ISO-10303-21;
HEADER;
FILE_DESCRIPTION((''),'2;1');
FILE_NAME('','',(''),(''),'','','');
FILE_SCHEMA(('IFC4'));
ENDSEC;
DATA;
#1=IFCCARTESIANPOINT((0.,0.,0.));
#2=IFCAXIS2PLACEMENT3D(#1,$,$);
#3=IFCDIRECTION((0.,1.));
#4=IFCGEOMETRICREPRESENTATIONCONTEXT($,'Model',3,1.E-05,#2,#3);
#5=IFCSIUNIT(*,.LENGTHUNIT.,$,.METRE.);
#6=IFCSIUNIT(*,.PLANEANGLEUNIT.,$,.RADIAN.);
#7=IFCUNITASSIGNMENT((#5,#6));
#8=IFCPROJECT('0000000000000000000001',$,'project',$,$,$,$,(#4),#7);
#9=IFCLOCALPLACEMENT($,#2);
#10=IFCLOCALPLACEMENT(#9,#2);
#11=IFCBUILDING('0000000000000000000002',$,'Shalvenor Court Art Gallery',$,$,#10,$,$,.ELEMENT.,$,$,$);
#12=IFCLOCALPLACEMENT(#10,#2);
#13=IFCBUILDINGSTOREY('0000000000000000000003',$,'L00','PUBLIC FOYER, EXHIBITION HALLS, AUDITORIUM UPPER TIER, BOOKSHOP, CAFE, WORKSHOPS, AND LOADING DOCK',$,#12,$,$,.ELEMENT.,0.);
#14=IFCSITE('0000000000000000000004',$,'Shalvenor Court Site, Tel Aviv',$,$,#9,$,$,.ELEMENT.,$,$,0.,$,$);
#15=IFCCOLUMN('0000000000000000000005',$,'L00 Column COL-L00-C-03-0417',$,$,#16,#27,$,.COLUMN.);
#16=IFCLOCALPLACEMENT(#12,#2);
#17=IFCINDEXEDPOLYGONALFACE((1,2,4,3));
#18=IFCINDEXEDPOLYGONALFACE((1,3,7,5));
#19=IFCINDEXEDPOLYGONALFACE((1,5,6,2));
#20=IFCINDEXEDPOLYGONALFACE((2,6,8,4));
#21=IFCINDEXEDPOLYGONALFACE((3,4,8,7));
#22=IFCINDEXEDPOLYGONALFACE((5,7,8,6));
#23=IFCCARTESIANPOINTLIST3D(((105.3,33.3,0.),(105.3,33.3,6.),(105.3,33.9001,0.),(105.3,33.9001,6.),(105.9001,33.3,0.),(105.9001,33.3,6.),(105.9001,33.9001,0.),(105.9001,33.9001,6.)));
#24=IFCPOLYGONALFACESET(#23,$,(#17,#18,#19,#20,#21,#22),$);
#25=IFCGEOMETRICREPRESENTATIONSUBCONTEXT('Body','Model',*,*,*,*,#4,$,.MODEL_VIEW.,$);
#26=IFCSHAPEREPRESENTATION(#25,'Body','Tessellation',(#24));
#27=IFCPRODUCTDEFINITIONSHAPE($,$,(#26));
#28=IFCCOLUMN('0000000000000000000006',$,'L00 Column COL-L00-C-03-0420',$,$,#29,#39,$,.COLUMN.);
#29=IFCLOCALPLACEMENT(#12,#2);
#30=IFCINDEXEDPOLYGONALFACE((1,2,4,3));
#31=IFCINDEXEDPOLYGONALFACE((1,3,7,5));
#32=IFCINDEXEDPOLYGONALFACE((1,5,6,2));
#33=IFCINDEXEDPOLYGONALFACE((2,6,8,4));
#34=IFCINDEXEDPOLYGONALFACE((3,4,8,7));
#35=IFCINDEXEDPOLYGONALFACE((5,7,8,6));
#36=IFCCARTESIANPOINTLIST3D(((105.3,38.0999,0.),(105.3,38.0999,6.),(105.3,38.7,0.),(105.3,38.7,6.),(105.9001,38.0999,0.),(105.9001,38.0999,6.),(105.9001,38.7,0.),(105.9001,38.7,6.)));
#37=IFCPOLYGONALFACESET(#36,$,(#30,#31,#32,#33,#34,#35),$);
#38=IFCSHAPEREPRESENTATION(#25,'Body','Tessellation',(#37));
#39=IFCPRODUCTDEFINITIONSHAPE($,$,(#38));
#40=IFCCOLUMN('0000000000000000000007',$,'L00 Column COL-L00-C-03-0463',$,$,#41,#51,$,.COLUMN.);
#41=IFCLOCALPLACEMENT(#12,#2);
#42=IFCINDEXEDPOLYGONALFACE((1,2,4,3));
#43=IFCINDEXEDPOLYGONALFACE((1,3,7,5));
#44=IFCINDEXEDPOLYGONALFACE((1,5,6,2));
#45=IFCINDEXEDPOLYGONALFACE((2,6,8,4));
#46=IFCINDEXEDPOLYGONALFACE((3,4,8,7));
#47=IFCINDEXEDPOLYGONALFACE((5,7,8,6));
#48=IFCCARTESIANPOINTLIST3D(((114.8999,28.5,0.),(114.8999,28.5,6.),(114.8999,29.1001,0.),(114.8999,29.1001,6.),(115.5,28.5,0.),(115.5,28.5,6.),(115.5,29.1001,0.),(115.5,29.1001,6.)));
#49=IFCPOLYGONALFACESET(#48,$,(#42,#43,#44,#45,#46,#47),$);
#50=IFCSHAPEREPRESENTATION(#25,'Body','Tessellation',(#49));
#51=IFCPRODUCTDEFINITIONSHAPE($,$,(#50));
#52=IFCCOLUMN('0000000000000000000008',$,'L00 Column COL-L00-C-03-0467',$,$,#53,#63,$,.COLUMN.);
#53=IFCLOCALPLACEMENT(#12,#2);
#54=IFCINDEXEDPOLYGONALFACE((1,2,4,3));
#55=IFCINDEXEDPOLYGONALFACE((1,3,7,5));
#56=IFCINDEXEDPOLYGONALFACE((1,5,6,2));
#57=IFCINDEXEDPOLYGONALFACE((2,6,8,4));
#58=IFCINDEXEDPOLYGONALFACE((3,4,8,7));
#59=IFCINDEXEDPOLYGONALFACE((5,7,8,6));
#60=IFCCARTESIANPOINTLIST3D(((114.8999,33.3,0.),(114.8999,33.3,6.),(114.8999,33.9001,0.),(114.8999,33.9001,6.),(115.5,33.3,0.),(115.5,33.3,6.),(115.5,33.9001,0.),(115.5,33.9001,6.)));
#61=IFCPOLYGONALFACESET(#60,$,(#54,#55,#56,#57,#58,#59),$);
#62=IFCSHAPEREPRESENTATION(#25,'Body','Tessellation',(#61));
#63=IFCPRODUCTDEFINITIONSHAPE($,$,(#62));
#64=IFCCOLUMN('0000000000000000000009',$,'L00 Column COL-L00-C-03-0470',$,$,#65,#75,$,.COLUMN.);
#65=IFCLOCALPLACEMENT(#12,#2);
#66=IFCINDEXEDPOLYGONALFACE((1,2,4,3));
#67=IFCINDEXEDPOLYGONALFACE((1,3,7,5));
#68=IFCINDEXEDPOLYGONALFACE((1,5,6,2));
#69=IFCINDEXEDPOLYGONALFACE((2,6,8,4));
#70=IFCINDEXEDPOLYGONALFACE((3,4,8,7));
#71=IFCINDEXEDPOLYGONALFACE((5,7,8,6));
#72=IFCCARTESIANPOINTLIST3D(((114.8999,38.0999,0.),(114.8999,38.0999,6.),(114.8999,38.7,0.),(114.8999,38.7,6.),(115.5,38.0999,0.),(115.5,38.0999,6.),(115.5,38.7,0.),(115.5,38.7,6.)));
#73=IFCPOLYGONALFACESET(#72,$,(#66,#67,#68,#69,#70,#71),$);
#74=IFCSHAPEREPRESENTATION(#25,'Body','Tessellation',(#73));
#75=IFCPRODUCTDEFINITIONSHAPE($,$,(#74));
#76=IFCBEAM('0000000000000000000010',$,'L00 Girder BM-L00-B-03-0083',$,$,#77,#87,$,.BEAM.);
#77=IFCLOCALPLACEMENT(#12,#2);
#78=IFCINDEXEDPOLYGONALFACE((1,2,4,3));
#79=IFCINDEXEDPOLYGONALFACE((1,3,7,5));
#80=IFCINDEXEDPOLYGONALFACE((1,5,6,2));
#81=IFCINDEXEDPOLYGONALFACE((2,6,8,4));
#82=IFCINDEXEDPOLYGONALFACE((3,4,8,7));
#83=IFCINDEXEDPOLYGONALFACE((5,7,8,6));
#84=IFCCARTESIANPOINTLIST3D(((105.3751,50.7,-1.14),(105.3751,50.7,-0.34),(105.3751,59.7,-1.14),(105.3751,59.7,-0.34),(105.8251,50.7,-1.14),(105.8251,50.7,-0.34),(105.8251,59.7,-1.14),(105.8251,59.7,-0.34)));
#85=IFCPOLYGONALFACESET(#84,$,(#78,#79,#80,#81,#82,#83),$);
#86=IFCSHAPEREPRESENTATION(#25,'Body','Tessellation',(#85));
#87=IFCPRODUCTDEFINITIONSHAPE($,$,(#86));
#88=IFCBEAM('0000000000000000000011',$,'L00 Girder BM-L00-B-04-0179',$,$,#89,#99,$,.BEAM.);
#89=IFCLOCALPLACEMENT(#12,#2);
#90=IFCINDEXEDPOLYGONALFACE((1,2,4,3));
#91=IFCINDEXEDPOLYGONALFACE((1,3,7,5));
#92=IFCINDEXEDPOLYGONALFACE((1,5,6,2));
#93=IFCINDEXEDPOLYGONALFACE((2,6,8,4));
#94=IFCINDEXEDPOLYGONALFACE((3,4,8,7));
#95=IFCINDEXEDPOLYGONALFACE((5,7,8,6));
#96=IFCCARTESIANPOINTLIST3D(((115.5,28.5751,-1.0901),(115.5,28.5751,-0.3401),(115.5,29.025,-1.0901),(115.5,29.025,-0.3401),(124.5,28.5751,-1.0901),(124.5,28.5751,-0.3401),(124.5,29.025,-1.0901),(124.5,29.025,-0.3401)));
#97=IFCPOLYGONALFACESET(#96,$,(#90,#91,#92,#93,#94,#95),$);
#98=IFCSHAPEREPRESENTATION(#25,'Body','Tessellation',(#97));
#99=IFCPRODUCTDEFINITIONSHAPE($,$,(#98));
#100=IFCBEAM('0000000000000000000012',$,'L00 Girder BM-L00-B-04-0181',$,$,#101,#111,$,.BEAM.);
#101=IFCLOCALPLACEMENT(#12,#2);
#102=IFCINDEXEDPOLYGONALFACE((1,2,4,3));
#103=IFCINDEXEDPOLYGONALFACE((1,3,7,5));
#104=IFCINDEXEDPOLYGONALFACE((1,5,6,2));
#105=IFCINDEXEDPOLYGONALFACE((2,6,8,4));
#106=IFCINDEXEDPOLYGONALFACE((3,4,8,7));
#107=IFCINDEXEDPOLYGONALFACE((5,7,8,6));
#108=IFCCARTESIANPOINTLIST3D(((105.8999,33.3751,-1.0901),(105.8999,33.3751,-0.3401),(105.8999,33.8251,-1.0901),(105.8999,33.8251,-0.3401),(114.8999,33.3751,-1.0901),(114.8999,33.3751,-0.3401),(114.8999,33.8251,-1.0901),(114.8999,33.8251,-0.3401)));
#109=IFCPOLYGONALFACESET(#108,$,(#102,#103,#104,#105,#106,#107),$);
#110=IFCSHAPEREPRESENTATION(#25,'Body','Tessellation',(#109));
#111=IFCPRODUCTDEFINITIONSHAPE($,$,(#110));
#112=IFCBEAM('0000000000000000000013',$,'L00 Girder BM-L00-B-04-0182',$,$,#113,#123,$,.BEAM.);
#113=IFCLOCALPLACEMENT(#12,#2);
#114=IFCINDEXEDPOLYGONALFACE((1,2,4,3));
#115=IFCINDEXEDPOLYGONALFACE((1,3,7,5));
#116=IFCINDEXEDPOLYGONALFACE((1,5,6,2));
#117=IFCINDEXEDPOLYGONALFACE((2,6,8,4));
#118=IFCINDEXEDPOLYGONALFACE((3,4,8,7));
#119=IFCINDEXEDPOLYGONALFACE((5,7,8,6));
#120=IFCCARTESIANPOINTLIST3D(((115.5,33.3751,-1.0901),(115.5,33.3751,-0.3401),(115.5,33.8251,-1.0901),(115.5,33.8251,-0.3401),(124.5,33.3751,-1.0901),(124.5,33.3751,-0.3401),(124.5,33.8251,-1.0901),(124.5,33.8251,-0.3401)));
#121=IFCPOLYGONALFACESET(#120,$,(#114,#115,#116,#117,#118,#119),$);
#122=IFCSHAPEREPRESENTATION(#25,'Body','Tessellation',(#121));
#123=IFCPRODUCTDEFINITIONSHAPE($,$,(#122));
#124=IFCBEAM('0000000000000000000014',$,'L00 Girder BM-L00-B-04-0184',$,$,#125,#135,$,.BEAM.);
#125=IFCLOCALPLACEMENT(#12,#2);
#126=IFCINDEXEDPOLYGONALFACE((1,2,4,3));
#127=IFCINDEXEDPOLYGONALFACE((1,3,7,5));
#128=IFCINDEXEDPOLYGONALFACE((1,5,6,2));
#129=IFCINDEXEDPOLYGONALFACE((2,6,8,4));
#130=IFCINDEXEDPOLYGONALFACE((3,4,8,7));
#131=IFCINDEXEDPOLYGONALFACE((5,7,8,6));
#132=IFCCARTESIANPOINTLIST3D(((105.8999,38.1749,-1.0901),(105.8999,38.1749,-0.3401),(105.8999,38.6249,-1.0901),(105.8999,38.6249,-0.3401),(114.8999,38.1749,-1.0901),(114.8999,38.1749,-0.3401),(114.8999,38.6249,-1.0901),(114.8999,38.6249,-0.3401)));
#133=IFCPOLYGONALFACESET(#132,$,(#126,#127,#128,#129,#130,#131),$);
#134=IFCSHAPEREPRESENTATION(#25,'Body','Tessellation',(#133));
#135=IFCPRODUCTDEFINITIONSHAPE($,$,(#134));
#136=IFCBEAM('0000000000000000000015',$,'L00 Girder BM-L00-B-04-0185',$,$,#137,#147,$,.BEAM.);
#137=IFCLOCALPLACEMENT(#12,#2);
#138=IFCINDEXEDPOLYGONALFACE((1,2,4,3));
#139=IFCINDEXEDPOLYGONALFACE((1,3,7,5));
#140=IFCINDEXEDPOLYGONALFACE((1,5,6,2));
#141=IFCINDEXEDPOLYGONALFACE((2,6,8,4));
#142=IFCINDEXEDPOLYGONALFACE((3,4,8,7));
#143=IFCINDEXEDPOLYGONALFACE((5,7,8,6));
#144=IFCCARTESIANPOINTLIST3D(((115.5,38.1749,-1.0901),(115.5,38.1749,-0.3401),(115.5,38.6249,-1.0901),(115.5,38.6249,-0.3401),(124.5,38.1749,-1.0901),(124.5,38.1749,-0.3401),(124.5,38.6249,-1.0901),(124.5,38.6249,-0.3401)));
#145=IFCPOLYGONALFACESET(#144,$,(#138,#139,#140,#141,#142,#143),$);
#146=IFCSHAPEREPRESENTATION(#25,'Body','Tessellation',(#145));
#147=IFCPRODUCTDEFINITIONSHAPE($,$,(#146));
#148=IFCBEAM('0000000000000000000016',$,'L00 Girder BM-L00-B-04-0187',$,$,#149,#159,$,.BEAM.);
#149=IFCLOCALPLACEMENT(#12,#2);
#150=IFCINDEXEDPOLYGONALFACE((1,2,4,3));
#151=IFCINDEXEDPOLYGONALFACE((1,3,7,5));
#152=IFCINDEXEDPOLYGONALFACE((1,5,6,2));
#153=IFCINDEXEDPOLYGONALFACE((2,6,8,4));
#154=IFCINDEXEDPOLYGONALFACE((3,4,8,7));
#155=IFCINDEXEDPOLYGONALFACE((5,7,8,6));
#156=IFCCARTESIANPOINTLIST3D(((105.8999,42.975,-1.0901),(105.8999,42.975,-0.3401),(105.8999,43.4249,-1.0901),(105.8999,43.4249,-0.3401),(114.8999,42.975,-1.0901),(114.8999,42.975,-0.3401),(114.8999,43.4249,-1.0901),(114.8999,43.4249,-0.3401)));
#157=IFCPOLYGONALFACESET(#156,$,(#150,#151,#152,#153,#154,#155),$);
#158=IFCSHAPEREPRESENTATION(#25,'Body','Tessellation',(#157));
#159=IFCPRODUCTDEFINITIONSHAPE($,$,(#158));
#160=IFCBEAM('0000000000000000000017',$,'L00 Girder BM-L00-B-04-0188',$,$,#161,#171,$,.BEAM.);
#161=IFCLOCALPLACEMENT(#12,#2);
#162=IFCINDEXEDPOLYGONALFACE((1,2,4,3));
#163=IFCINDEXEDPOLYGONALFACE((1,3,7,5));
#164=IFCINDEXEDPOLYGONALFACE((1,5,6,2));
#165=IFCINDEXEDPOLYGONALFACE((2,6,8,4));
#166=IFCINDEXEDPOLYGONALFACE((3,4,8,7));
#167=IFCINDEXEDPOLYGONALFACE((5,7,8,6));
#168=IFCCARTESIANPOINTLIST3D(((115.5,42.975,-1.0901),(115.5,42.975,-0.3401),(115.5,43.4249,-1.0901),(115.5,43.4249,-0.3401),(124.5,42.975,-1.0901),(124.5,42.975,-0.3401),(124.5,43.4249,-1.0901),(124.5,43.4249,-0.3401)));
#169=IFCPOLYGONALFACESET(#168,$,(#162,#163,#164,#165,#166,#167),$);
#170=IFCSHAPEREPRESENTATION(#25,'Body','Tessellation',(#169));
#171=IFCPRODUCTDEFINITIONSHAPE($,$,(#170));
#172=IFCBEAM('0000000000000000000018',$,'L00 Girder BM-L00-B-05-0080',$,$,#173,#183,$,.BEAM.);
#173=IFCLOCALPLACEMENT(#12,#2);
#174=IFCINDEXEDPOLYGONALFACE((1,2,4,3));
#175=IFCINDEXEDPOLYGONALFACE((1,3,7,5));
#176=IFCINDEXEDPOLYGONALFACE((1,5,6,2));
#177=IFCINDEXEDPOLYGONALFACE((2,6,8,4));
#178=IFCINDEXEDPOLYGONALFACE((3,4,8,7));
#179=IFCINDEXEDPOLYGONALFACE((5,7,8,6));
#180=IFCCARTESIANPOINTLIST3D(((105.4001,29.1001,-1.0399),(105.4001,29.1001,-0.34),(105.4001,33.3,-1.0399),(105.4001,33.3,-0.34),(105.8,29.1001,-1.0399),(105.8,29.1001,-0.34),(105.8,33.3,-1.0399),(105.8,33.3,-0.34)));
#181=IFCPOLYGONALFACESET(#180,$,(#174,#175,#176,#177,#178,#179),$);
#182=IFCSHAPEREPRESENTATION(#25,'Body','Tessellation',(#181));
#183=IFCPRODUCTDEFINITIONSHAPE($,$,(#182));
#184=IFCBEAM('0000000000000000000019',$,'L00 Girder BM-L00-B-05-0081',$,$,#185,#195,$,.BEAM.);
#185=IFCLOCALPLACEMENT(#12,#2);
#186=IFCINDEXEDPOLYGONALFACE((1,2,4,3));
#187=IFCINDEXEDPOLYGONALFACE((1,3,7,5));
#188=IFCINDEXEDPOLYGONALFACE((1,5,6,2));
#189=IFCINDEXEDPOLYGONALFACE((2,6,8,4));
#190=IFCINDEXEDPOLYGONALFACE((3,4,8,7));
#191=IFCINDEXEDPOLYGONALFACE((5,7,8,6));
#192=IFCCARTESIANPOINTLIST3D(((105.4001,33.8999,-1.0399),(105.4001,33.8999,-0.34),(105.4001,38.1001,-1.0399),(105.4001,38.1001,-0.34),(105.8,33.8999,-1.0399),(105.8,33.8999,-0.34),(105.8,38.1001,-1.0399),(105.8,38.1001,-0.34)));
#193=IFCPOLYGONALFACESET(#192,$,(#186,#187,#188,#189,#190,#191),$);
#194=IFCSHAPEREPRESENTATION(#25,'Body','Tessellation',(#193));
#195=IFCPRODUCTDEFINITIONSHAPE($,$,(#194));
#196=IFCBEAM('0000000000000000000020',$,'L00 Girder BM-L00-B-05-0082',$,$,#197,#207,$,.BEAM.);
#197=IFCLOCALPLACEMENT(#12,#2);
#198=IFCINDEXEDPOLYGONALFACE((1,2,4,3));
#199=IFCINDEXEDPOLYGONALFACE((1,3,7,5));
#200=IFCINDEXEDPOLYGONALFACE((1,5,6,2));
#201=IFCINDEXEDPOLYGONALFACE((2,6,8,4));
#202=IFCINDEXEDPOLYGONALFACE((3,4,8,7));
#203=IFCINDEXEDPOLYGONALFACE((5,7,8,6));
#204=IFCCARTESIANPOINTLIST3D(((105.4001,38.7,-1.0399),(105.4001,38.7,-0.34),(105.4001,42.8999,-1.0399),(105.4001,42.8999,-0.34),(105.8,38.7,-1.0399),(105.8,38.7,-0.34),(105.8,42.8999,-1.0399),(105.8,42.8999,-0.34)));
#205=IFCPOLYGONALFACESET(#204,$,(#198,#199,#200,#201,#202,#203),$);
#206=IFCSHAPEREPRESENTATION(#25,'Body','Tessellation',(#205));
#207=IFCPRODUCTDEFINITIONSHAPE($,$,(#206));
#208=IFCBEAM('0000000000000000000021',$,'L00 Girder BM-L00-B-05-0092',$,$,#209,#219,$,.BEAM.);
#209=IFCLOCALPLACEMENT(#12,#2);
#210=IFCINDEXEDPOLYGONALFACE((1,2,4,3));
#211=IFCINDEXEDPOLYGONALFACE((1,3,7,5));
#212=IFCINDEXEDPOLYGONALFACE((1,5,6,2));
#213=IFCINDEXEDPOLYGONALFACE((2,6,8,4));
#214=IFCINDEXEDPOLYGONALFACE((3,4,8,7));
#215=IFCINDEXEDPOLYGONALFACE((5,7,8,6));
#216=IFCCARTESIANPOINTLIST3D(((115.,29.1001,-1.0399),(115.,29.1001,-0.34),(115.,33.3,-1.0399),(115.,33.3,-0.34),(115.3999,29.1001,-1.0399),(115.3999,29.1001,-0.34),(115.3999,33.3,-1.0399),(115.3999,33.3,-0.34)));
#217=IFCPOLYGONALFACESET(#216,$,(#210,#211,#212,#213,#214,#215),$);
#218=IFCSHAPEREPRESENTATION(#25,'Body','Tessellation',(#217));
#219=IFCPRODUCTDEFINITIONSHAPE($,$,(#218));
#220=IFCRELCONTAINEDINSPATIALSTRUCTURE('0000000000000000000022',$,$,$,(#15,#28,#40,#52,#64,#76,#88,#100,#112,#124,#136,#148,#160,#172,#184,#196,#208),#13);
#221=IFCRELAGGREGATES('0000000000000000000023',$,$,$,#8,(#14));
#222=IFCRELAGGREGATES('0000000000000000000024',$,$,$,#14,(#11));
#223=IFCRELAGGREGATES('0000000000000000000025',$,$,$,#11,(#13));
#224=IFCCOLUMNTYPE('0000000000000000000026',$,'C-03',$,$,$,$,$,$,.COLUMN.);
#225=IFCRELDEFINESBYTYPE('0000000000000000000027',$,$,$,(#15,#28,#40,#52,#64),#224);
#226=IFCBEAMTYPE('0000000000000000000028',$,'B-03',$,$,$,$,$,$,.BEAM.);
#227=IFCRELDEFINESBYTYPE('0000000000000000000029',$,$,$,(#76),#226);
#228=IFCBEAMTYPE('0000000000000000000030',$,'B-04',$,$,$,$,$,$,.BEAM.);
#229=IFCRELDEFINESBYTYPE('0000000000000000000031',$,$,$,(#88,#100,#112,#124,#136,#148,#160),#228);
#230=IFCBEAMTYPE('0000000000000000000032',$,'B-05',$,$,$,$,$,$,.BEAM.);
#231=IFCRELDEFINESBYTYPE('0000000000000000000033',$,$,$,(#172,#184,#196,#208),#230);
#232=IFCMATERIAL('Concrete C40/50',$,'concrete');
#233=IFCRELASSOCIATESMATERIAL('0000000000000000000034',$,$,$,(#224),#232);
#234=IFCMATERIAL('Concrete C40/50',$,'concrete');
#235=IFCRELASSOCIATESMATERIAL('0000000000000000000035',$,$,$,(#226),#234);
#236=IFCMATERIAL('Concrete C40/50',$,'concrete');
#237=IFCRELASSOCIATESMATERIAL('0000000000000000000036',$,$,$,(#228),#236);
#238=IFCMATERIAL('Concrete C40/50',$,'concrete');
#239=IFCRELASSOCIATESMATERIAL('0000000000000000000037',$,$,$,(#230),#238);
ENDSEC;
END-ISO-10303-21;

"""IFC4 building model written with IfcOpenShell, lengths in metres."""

from ifc_helpers import new_model, si_unit, direction, frame, origin, origin_2d, place, context, subcontext, project, spatial, rectangle, extrude, material, material_profile, profile_set, type_object, element, save


model = new_model("IFC4")

# Units and contexts
model_context = context("Model", 3, precision=1e-05, world=origin(), true_north=direction((0.0, 1.0)))
body_context = subcontext(model_context, "Body", "Model", "MODEL_VIEW")
ifc_project = project(units=[si_unit("LENGTHUNIT", "METRE"), si_unit("PLANEANGLEUNIT", "RADIAN")], contexts=[model_context])

# Site, building, storey
site_placement = place(None, origin())
site = spatial("IfcSite", under=ifc_project, at=site_placement, Name="Shalvenor Court Site, Tel Aviv", CompositionType="ELEMENT", RefElevation=0.0)
building_placement = place(site_placement, origin())
building = spatial("IfcBuilding", under=site, at=building_placement, Name="Shalvenor Court Art Gallery", CompositionType="ELEMENT")
storey_placement = place(building_placement, origin())
storey = spatial("IfcBuildingStorey", under=building, at=storey_placement, Name="L00", Description="PUBLIC FOYER, EXHIBITION HALLS, AUDITORIUM UPPER TIER, BOOKSHOP, CAFE, WORKSHOPS, AND LOADING DOCK", CompositionType="ELEMENT", Elevation=0.0)

# Columns
ifc_material_1 = material(Name="Concrete C40/50", Category="concrete")
ifc_material_profile_1 = material_profile(ifc_material_1, rectangle(XDim=0.6001, YDim=0.6001, at=origin_2d()), Name="RC 600x600")
ifc_profile_set_1 = profile_set([ifc_material_profile_1], Name="Concrete C40/50")
column_type = type_object("IfcColumnType", Name="C-03", PredefinedType="COLUMN", material=ifc_profile_set_1)
for number, where, z_axis, x_axis, name in (
    (1, (105.6001, 33.6001, 0.0), (0.0, 0.0, 1.0), (1.0, 0.0, 0.0), "L00 Column COL-L00-C-03-0417"),
    (2, (105.6001, 38.3999, 0.0), (0.0, 0.0, 1.0), (1.0, 0.0, 0.0), "L00 Column COL-L00-C-03-0420"),
    (3, (115.2, 28.8, 0.0), (0.0, 0.0, 1.0), (1.0, 0.0, 0.0), "L00 Column COL-L00-C-03-0463"),
    (4, (115.2, 33.6001, 0.0), (0.0, 0.0, 1.0), (1.0, 0.0, 0.0), "L00 Column COL-L00-C-03-0467"),
    (5, (115.2, 38.3999, 0.0), (0.0, 0.0, 1.0), (1.0, 0.0, 0.0), "L00 Column COL-L00-C-03-0470"),
):
    element("IfcColumn", number, at=place(storey_placement, frame(where, z_axis=z_axis, x_axis=x_axis)), inside=storey, type_object=column_type, Name=name, PredefinedType="COLUMN", context=body_context, shape_type="SweptSolid", body=[
        extrude(rectangle(XDim=0.6001, YDim=0.6001, at=origin_2d()), origin(), (0.0, 0.0, 1.0), 6.0),
    ])

# Beams
ifc_material_2 = material(Name="Concrete C40/50", Category="concrete")
ifc_material_profile_2 = material_profile(ifc_material_2, rectangle(XDim=0.45, YDim=0.8, at=origin_2d()), Name="RC 450x800")
ifc_profile_set_2 = profile_set([ifc_material_profile_2], Name="Concrete C40/50")
beam_type_1 = type_object("IfcBeamType", Name="B-03", PredefinedType="BEAM", material=ifc_profile_set_2)
beam_1_placement = place(storey_placement, frame((105.6001, 50.7, -0.74), z_axis=(0.0, 1.0, 0.0), x_axis=(-1.0, 0.0, 0.0)))
element("IfcBeam", 6, at=beam_1_placement, inside=storey, type_object=beam_type_1, Name="L00 Girder BM-L00-B-03-0083", PredefinedType="BEAM", context=body_context, shape_type="SweptSolid", body=[
    extrude(rectangle(XDim=0.45, YDim=0.8, at=origin_2d()), origin(), (0.0, 0.0, 1.0), 9.0),
])
ifc_material_3 = material(Name="Concrete C40/50", Category="concrete")
ifc_material_profile_3 = material_profile(ifc_material_3, rectangle(XDim=0.45, YDim=0.75, at=origin_2d()), Name="RC 450x750")
ifc_profile_set_3 = profile_set([ifc_material_profile_3], Name="Concrete C40/50")
beam_type_2 = type_object("IfcBeamType", Name="B-04", PredefinedType="BEAM", material=ifc_profile_set_3)
for number, where, z_axis, x_axis, name in (
    (7, (115.5, 28.8, -0.7151), (1.0, 0.0, 0.0), (0.0, 1.0, 0.0), "L00 Girder BM-L00-B-04-0179"),
    (8, (105.8999, 33.6001, -0.7151), (1.0, 0.0, 0.0), (0.0, 1.0, 0.0), "L00 Girder BM-L00-B-04-0181"),
    (9, (115.5, 33.6001, -0.7151), (1.0, 0.0, 0.0), (0.0, 1.0, 0.0), "L00 Girder BM-L00-B-04-0182"),
    (10, (105.8999, 38.3999, -0.7151), (1.0, 0.0, 0.0), (0.0, 1.0, 0.0), "L00 Girder BM-L00-B-04-0184"),
    (11, (115.5, 38.3999, -0.7151), (1.0, 0.0, 0.0), (0.0, 1.0, 0.0), "L00 Girder BM-L00-B-04-0185"),
    (12, (105.8999, 43.2, -0.7151), (1.0, 0.0, 0.0), (0.0, 1.0, 0.0), "L00 Girder BM-L00-B-04-0187"),
    (13, (115.5, 43.2, -0.7151), (1.0, 0.0, 0.0), (0.0, 1.0, 0.0), "L00 Girder BM-L00-B-04-0188"),
):
    element("IfcBeam", number, at=place(storey_placement, frame(where, z_axis=z_axis, x_axis=x_axis)), inside=storey, type_object=beam_type_2, Name=name, PredefinedType="BEAM", context=body_context, shape_type="SweptSolid", body=[
        extrude(rectangle(XDim=0.45, YDim=0.75, at=origin_2d()), origin(), (0.0, 0.0, 1.0), 9.0),
    ])
ifc_material_4 = material(Name="Concrete C40/50", Category="concrete")
ifc_material_profile_4 = material_profile(ifc_material_4, rectangle(XDim=0.3999, YDim=0.7, at=origin_2d()), Name="RC 400x700")
ifc_profile_set_4 = profile_set([ifc_material_profile_4], Name="Concrete C40/50")
beam_type_3 = type_object("IfcBeamType", Name="B-05", PredefinedType="BEAM", material=ifc_profile_set_4)
beam_2_placement = place(storey_placement, frame((105.6001, 29.1001, -0.6899), z_axis=(0.0, 1.0, 0.0), x_axis=(-1.0, 0.0, 0.0)))
element("IfcBeam", 14, at=beam_2_placement, inside=storey, type_object=beam_type_3, Name="L00 Girder BM-L00-B-05-0080", PredefinedType="BEAM", context=body_context, shape_type="SweptSolid", body=[
    extrude(rectangle(XDim=0.3999, YDim=0.7, at=origin_2d()), origin(), (0.0, 0.0, 1.0), 4.2),
])
beam_3_placement = place(storey_placement, frame((105.6001, 33.8999, -0.6899), z_axis=(0.0, 1.0, 0.0), x_axis=(-1.0, 0.0, 0.0)))
element("IfcBeam", 15, at=beam_3_placement, inside=storey, type_object=beam_type_3, Name="L00 Girder BM-L00-B-05-0081", PredefinedType="BEAM", context=body_context, shape_type="SweptSolid", body=[
    extrude(rectangle(XDim=0.3999, YDim=0.7, at=origin_2d()), origin(), (0.0, 0.0, 1.0), 4.2002),
])
for number, where, z_axis, x_axis, name in (
    (16, (105.6001, 38.7, -0.6899), (0.0, 1.0, 0.0), (-1.0, 0.0, 0.0), "L00 Girder BM-L00-B-05-0082"),
    (17, (115.2, 29.1001, -0.6899), (0.0, 1.0, 0.0), (-1.0, 0.0, 0.0), "L00 Girder BM-L00-B-05-0092"),
):
    element("IfcBeam", number, at=place(storey_placement, frame(where, z_axis=z_axis, x_axis=x_axis)), inside=storey, type_object=beam_type_3, Name=name, PredefinedType="BEAM", context=body_context, shape_type="SweptSolid", body=[
        extrude(rectangle(XDim=0.3999, YDim=0.7, at=origin_2d()), origin(), (0.0, 0.0, 1.0), 4.2),
    ])

save(model, "model.ifc")
